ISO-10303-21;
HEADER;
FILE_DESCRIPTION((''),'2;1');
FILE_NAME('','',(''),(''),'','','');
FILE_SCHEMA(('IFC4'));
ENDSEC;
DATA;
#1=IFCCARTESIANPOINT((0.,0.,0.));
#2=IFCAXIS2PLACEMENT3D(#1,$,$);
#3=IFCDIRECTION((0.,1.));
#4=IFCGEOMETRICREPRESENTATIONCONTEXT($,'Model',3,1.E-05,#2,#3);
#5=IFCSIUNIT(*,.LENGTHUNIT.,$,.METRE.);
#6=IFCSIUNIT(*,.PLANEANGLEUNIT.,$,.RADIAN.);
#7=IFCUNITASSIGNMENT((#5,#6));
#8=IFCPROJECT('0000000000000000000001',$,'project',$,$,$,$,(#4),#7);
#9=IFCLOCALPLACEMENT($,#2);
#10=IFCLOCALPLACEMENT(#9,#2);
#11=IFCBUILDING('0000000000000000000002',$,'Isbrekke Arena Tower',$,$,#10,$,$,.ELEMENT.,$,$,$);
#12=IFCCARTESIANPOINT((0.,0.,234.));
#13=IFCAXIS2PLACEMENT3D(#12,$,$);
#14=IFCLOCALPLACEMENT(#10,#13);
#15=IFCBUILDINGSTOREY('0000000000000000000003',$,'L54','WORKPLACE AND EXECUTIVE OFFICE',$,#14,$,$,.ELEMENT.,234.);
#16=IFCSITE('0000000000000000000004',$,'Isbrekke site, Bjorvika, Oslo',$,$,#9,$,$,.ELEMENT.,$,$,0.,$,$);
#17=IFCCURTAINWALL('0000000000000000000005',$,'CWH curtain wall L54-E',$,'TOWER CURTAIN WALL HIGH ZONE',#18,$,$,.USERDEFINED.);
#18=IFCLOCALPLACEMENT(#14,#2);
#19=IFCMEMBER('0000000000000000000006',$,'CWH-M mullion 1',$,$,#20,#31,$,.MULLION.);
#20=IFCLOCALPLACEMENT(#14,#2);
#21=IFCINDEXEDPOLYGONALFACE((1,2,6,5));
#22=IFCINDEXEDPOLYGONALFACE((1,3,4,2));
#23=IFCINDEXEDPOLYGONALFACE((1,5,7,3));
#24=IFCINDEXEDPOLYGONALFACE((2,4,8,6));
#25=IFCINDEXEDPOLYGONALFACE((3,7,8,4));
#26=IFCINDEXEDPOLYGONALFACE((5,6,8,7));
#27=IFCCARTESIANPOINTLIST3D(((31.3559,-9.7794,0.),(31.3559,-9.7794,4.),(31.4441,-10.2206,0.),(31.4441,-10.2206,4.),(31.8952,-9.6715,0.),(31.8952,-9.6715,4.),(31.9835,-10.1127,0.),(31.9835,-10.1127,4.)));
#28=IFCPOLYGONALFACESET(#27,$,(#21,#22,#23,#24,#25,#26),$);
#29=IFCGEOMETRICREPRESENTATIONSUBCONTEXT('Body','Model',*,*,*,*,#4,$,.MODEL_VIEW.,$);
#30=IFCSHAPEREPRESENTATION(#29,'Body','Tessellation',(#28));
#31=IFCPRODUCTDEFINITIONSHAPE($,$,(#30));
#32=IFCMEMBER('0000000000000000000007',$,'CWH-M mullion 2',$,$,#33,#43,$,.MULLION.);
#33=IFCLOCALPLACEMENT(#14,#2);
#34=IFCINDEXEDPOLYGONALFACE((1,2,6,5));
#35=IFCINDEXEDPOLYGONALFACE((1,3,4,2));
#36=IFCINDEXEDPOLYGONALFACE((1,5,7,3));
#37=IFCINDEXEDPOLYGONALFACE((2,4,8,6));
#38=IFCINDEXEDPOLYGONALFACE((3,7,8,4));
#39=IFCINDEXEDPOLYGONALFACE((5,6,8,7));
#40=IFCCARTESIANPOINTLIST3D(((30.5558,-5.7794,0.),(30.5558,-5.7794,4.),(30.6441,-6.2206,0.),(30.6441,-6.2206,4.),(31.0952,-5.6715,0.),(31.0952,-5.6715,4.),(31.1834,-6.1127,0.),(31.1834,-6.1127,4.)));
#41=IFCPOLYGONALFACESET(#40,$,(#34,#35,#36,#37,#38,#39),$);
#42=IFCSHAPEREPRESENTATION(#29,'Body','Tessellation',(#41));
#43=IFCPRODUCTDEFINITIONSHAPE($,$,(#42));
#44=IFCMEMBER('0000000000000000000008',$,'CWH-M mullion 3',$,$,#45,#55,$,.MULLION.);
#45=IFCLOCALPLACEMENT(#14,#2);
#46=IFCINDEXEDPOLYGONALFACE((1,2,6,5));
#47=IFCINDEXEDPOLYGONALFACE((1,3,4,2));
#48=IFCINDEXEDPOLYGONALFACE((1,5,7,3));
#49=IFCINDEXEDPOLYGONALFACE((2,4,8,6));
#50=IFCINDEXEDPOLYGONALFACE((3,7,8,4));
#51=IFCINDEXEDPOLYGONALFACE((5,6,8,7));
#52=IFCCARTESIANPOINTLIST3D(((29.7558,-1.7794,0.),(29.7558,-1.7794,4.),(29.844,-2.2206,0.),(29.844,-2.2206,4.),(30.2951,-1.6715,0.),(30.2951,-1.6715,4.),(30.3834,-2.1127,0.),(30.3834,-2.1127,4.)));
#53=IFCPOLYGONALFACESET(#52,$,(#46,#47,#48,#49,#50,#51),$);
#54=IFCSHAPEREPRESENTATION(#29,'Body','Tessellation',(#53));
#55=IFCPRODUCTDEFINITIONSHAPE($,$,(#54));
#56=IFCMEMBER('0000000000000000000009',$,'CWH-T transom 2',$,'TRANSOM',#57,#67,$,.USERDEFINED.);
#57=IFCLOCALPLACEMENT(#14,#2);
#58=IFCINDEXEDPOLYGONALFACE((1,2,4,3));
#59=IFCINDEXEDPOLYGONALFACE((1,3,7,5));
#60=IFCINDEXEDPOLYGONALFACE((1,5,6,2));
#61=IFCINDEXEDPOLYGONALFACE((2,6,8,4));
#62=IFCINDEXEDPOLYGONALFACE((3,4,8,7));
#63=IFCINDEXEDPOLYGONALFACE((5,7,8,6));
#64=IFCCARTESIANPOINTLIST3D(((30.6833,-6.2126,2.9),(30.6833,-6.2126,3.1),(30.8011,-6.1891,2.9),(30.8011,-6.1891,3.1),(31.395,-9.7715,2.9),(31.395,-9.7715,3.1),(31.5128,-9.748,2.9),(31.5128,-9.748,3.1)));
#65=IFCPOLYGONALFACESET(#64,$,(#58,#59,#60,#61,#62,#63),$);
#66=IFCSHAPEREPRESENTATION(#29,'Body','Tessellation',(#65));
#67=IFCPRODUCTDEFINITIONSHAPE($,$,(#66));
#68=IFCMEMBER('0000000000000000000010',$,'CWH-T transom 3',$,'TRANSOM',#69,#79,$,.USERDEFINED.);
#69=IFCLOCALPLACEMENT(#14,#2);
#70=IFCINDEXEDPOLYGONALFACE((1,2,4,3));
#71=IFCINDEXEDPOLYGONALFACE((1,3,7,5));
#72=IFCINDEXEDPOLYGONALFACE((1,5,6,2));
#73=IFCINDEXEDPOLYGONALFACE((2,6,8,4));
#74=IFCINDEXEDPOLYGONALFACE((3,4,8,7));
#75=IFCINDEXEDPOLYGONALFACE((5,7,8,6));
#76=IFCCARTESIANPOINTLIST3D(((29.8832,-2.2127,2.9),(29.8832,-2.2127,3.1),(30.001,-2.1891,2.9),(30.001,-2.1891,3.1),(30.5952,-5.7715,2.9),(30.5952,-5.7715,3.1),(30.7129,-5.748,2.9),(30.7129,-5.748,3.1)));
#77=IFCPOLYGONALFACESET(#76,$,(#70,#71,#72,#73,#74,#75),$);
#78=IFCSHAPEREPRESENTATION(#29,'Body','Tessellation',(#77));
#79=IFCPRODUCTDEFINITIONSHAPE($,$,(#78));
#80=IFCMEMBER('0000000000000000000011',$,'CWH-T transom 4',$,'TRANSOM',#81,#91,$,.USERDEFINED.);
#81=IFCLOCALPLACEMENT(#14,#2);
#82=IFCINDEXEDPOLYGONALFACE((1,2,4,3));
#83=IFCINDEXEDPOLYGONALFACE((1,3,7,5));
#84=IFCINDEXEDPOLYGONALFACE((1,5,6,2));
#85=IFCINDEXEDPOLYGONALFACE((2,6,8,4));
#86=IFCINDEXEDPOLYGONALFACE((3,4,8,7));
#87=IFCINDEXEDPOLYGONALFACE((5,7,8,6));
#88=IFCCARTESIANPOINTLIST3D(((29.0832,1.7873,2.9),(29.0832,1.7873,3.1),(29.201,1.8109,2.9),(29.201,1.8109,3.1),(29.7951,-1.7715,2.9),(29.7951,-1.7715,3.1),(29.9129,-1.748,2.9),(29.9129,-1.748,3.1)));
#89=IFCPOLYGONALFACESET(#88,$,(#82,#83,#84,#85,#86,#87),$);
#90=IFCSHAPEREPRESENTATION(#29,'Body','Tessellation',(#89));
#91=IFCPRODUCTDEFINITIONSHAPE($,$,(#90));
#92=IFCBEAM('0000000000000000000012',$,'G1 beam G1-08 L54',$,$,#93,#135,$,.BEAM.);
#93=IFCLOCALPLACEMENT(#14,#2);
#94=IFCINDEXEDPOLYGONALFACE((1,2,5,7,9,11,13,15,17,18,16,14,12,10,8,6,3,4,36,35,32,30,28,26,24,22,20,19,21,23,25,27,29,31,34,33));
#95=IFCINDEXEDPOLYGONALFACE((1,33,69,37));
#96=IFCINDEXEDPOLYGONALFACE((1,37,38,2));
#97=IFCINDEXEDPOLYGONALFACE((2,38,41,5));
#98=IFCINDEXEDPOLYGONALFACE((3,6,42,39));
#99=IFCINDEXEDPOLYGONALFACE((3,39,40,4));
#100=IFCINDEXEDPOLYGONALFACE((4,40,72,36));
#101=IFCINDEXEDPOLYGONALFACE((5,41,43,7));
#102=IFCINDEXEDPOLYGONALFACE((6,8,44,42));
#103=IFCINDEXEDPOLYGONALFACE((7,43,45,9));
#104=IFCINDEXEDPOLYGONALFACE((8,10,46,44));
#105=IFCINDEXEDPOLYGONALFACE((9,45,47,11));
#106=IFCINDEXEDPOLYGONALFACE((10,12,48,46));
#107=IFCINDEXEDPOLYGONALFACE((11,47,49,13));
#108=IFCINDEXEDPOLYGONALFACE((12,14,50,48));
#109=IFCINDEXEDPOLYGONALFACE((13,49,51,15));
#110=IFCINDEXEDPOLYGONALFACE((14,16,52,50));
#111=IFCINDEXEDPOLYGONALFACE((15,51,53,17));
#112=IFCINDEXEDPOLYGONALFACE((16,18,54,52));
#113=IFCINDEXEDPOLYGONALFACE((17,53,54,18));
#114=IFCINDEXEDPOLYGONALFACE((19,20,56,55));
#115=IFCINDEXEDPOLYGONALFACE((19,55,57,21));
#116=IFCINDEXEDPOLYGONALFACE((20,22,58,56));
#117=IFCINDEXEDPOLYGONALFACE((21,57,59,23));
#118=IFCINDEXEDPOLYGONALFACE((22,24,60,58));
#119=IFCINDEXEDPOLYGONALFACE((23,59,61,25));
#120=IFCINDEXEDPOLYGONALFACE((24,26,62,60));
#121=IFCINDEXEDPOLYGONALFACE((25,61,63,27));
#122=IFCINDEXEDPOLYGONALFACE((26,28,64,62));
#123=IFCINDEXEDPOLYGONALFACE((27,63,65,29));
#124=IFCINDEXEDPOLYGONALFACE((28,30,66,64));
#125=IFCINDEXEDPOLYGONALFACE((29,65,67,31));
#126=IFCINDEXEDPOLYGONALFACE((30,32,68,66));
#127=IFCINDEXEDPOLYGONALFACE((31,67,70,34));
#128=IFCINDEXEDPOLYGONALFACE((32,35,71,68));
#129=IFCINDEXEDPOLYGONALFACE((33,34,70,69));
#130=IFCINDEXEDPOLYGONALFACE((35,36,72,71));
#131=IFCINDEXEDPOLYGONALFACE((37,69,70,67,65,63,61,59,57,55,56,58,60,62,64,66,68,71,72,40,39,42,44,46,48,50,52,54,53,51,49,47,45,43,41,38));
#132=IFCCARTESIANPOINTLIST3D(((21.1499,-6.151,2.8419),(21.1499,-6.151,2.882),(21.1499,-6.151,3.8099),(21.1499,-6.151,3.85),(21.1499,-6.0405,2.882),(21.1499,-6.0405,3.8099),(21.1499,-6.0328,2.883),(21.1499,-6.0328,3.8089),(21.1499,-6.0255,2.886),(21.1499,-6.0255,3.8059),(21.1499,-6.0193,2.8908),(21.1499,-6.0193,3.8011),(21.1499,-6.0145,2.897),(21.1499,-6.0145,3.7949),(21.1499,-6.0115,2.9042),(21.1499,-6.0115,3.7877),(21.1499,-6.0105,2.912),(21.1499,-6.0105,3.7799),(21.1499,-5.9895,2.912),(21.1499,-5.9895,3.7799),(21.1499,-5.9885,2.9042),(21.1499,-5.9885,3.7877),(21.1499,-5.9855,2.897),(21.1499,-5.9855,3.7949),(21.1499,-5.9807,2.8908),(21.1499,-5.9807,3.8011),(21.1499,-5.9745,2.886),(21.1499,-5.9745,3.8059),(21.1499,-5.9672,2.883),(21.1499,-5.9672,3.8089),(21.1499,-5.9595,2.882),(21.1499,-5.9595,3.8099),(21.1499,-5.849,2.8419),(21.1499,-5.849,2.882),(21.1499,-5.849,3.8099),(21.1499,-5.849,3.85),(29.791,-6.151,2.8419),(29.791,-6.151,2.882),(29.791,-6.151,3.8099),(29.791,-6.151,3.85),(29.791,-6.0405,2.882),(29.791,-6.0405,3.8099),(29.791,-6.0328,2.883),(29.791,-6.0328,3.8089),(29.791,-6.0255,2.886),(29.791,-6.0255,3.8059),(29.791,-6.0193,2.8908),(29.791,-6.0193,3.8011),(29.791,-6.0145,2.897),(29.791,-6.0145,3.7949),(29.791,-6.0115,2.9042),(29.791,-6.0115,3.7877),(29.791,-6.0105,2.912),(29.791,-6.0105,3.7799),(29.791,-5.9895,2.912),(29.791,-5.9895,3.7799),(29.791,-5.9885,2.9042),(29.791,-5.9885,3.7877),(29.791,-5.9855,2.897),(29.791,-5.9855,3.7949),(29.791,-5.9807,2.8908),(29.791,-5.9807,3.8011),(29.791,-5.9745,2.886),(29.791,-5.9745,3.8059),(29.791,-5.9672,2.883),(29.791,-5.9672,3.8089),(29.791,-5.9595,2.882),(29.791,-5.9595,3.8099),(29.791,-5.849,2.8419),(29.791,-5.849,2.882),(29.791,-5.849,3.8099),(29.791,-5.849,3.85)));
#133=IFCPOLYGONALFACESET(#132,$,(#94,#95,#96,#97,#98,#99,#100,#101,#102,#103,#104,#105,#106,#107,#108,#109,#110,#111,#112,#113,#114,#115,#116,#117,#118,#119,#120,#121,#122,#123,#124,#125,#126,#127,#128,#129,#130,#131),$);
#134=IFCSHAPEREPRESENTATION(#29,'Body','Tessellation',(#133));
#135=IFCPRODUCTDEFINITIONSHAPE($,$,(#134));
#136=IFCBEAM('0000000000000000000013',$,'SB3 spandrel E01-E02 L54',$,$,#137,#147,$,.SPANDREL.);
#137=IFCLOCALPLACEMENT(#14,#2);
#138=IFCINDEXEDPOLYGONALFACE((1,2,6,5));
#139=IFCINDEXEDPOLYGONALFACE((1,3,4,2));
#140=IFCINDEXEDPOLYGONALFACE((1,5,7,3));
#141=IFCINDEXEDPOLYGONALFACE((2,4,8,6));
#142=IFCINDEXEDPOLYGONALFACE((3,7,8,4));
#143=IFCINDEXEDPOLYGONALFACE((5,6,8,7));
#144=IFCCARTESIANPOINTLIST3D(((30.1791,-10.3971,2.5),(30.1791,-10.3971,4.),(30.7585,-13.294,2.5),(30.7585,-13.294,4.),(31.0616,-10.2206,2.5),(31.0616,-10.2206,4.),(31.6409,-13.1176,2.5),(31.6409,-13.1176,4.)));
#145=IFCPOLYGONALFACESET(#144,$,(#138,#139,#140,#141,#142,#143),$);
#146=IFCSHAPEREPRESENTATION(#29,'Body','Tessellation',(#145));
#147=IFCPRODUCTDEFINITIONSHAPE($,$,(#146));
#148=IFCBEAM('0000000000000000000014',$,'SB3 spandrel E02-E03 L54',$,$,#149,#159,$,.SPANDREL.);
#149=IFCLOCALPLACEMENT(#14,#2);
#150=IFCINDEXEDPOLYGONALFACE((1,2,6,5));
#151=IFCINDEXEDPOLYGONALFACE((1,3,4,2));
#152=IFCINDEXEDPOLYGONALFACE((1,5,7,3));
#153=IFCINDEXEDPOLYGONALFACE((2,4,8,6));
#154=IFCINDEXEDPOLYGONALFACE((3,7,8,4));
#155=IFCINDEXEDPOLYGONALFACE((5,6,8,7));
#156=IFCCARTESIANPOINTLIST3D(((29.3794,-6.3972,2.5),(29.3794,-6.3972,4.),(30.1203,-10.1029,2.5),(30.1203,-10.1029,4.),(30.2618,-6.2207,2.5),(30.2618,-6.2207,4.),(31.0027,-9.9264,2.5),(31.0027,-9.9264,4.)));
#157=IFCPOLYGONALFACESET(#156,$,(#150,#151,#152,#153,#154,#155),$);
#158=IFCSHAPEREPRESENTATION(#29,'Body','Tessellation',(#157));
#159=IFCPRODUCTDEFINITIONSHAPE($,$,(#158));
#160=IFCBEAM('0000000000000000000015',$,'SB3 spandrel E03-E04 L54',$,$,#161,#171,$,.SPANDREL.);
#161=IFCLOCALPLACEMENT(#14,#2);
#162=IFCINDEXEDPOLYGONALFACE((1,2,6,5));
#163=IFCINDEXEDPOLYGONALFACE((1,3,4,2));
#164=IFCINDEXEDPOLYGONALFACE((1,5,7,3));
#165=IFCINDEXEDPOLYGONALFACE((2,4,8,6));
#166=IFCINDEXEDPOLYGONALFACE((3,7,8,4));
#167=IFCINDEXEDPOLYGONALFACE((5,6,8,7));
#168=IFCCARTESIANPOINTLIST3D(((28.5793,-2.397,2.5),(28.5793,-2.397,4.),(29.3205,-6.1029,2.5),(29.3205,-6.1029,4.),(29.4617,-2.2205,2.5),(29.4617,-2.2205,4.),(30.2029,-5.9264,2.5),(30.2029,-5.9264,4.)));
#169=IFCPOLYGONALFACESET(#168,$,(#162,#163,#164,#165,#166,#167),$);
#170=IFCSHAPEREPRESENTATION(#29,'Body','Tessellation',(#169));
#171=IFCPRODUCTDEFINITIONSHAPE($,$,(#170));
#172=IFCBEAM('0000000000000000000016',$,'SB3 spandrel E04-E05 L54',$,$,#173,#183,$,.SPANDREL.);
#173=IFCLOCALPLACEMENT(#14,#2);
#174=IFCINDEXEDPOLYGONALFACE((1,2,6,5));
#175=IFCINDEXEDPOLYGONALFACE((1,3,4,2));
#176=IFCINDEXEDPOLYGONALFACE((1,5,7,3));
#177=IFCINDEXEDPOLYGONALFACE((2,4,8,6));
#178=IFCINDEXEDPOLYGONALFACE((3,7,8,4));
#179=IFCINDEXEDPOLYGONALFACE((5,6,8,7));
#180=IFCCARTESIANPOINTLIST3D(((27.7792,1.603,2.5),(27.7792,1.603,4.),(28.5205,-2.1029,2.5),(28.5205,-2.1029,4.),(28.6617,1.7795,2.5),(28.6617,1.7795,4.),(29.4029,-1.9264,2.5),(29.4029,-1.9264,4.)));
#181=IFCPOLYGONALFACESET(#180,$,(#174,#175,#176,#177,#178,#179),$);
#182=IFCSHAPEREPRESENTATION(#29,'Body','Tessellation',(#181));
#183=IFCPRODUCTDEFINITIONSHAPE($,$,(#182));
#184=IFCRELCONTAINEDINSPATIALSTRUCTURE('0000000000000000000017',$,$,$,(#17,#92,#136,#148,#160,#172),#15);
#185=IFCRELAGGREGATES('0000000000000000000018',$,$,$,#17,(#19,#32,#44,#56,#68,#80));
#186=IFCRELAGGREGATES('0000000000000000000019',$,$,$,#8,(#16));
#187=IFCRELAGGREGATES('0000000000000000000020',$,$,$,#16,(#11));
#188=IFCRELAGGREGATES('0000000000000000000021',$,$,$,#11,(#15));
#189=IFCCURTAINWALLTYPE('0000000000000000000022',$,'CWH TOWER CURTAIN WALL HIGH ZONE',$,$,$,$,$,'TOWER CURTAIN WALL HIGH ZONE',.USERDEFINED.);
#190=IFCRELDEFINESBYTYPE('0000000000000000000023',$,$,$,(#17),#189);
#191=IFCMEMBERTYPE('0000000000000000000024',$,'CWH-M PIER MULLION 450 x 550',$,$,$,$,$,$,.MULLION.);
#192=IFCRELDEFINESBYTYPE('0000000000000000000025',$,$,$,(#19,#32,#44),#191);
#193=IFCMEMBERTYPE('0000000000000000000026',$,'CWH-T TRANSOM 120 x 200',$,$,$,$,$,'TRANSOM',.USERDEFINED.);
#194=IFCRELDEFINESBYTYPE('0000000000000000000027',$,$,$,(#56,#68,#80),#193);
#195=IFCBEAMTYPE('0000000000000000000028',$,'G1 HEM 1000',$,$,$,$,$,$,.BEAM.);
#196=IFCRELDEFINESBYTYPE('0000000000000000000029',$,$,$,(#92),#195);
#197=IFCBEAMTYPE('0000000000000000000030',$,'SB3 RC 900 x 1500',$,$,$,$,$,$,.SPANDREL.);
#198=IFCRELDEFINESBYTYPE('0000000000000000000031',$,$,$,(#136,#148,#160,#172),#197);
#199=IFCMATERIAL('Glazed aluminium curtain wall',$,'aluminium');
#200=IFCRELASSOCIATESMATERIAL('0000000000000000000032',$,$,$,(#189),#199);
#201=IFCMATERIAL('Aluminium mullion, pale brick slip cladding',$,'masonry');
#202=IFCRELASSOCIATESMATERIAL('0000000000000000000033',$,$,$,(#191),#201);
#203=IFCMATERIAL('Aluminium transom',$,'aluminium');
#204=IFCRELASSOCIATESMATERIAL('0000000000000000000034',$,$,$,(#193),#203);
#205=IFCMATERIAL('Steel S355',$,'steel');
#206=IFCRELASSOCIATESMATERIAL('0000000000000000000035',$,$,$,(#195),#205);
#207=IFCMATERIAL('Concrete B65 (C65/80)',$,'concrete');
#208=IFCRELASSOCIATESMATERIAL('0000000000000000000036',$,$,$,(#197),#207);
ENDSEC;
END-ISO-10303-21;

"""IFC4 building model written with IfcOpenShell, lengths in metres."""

from ifc_helpers import new_model, si_unit, direction, frame, origin, origin_2d, place, context, subcontext, project, spatial, rectangle, i_section, extrude, material, material_profile, profile_set, type_object, element, aggregate, save


model = new_model("IFC4")

# Units and contexts
model_context = context("Model", 3, precision=1e-05, world=origin(), true_north=direction((0.0, 1.0)))
body_context = subcontext(model_context, "Body", "Model", "MODEL_VIEW")
ifc_project = project(units=[si_unit("LENGTHUNIT", "METRE"), si_unit("PLANEANGLEUNIT", "RADIAN")], contexts=[model_context])

# Site, building, storey
site_placement = place(None, origin())
site = spatial("IfcSite", under=ifc_project, at=site_placement, Name="Isbrekke site, Bjorvika, Oslo", CompositionType="ELEMENT", RefElevation=0.0)
building_placement = place(site_placement, origin())
building = spatial("IfcBuilding", under=site, at=building_placement, Name="Isbrekke Arena Tower", CompositionType="ELEMENT")
storey_placement = place(building_placement, frame((0.0, 0.0, 234.0)))
storey = spatial("IfcBuildingStorey", under=building, at=storey_placement, Name="L54", Description="WORKPLACE AND EXECUTIVE OFFICE", CompositionType="ELEMENT", Elevation=234.0)

# Curtain wall, members
ifc_material_1 = material(Name="Glazed aluminium curtain wall", Category="aluminium")
curtain_wall_type = type_object("IfcCurtainWallType", Name="CWH TOWER CURTAIN WALL HIGH ZONE", ElementType="TOWER CURTAIN WALL HIGH ZONE", PredefinedType="USERDEFINED", material=ifc_material_1)
curtain_wall_placement = place(storey_placement, origin())
curtain_wall = element("IfcCurtainWall", 1, at=curtain_wall_placement, inside=storey, type_object=curtain_wall_type, Name="CWH curtain wall L54-E", ObjectType="TOWER CURTAIN WALL HIGH ZONE", PredefinedType="USERDEFINED")
ifc_material_2 = material(Name="Aluminium mullion, pale brick slip cladding", Category="masonry")
ifc_material_profile_1 = material_profile(ifc_material_2, rectangle(XDim=0.45, YDim=0.55, at=origin_2d()), Name="PIER 450X550")
ifc_profile_set_1 = profile_set([ifc_material_profile_1], Name="Aluminium mullion, pale brick slip cladding")
member_type_1 = type_object("IfcMemberType", Name="CWH-M PIER MULLION 450 x 550", PredefinedType="MULLION", material=ifc_profile_set_1)
member_1_placement = place(storey_placement, frame((31.6697, -9.946, 0.0), z_axis=(0.0, 0.0, 1.0), x_axis=(-0.196116, 0.980581, 0.0)))
member_1 = element("IfcMember", 2, at=member_1_placement, type_object=member_type_1, Name="CWH-M mullion 1", PredefinedType="MULLION", context=body_context, shape_type="SweptSolid", body=[
    extrude(rectangle(XDim=0.45, YDim=0.55, at=origin_2d()), origin(), (0.0, 0.0, 1.0), 4.0),
])
member_2_placement = place(storey_placement, frame((30.8696, -5.946, 0.0), z_axis=(0.0, 0.0, 1.0), x_axis=(-0.196116, 0.980581, 0.0)))
member_2 = element("IfcMember", 3, at=member_2_placement, type_object=member_type_1, Name="CWH-M mullion 2", PredefinedType="MULLION", context=body_context, shape_type="SweptSolid", body=[
    extrude(rectangle(XDim=0.45, YDim=0.55, at=origin_2d()), origin(), (0.0, 0.0, 1.0), 4.0),
])
member_3_placement = place(storey_placement, frame((30.0696, -1.946, 0.0), z_axis=(0.0, 0.0, 1.0), x_axis=(-0.196116, 0.980581, 0.0)))
member_3 = element("IfcMember", 4, at=member_3_placement, type_object=member_type_1, Name="CWH-M mullion 3", PredefinedType="MULLION", context=body_context, shape_type="SweptSolid", body=[
    extrude(rectangle(XDim=0.45, YDim=0.55, at=origin_2d()), origin(), (0.0, 0.0, 1.0), 4.0),
])
ifc_material_3 = material(Name="Aluminium transom", Category="aluminium")
ifc_material_profile_2 = material_profile(ifc_material_3, rectangle(XDim=0.1201, YDim=0.2, at=origin_2d()), Name="TRANSOM 120X200")
ifc_profile_set_2 = profile_set([ifc_material_profile_2], Name="Aluminium transom")
member_type_2 = type_object("IfcMemberType", Name="CWH-T TRANSOM 120 x 200", ElementType="TRANSOM", PredefinedType="USERDEFINED", material=ifc_profile_set_2)
member_4_placement = place(storey_placement, frame((31.4539, -9.7598, 3.0), z_axis=(-0.19609, 0.980586, 0.0), x_axis=(-0.980586, -0.19609, 0.0)))
member_4 = element("IfcMember", 5, at=member_4_placement, type_object=member_type_2, Name="CWH-T transom 2", ObjectType="TRANSOM", PredefinedType="USERDEFINED", context=body_context, shape_type="SweptSolid", body=[
    extrude(rectangle(XDim=0.1201, YDim=0.2, at=origin_2d()), origin(), (0.0, 0.0, 1.0), 3.6294),
])
member_5_placement = place(storey_placement, frame((30.6541, -5.7598, 3.0), z_axis=(-0.196155, 0.980573, 0.0), x_axis=(-0.980573, -0.196155, 0.0)))
member_5 = element("IfcMember", 6, at=member_5_placement, type_object=member_type_2, Name="CWH-T transom 3", ObjectType="TRANSOM", PredefinedType="USERDEFINED", context=body_context, shape_type="SweptSolid", body=[
    extrude(rectangle(XDim=0.1201, YDim=0.2, at=origin_2d()), origin(), (0.0, 0.0, 1.0), 3.6294),
])
member_6_placement = place(storey_placement, frame((29.854, -1.7598, 3.0), z_axis=(-0.196155, 0.980573, 0.0), x_axis=(-0.980573, -0.196155, 0.0)))
member_6 = element("IfcMember", 7, at=member_6_placement, type_object=member_type_2, Name="CWH-T transom 4", ObjectType="TRANSOM", PredefinedType="USERDEFINED", context=body_context, shape_type="SweptSolid", body=[
    extrude(rectangle(XDim=0.1201, YDim=0.2, at=origin_2d()), origin(), (0.0, 0.0, 1.0), 3.6294),
])

# Beams
ifc_material_4 = material(Name="Steel S355", Category="steel")
ifc_material_profile_3 = material_profile(ifc_material_4, i_section(OverallWidth=0.302, OverallDepth=1.0081, WebThickness=0.021, FlangeThickness=0.04, FilletRadius=0.03, at=origin_2d()), Name="HEM 1000")
ifc_profile_set_3 = profile_set([ifc_material_profile_3], Name="Steel S355")
beam_type_1 = type_object("IfcBeamType", Name="G1 HEM 1000", PredefinedType="BEAM", material=ifc_profile_set_3)
beam_1_placement = place(storey_placement, frame((21.1499, -6.0, 3.3459), z_axis=(1.0, 0.0, 0.0), x_axis=(0.0, 1.0, 0.0)))
element("IfcBeam", 8, at=beam_1_placement, inside=storey, type_object=beam_type_1, Name="G1 beam G1-08 L54", PredefinedType="BEAM", context=body_context, shape_type="SweptSolid", body=[
    extrude(i_section(OverallWidth=0.302, OverallDepth=1.0081, WebThickness=0.021, FlangeThickness=0.04, FilletRadius=0.03, at=origin_2d()), origin(), (0.0, 0.0, 1.0), 8.6411),
])
ifc_material_5 = material(Name="Concrete B65 (C65/80)", Category="concrete")
ifc_material_profile_4 = material_profile(ifc_material_5, rectangle(XDim=0.8999, YDim=1.5, at=origin_2d()), Name="RC 900x1500")
ifc_profile_set_4 = profile_set([ifc_material_profile_4], Name="Concrete B65 (C65/80)")
beam_type_2 = type_object("IfcBeamType", Name="SB3 RC 900 x 1500", PredefinedType="SPANDREL", material=ifc_profile_set_4)
beam_2_placement = place(storey_placement, frame((31.1997, -13.2058, 3.25), z_axis=(-0.1961, 0.980584, 0.0), x_axis=(-0.980584, -0.1961, 0.0)))
element("IfcBeam", 9, at=beam_2_placement, inside=storey, type_object=beam_type_2, Name="SB3 spandrel E01-E02 L54", PredefinedType="SPANDREL", context=body_context, shape_type="SweptSolid", body=[
    extrude(rectangle(XDim=0.8999, YDim=1.5, at=origin_2d()), origin(), (0.0, 0.0, 1.0), 2.9543),
])
beam_3_placement = place(storey_placement, frame((30.5615, -10.0146, 3.25), z_axis=(-0.196066, 0.980591, 0.0), x_axis=(-0.980591, -0.196066, 0.0)))
element("IfcBeam", 10, at=beam_3_placement, inside=storey, type_object=beam_type_2, Name="SB3 spandrel E02-E03 L54", PredefinedType="SPANDREL", context=body_context, shape_type="SweptSolid", body=[
    extrude(rectangle(XDim=0.8999, YDim=1.5, at=origin_2d()), origin(), (0.0, 0.0, 1.0), 3.7791),
])
for number, where, z_axis, x_axis, name in (
    (11, (29.7617, -6.0146, 3.25), (-0.196129, 0.980578, 0.0), (-0.980578, -0.196129, 0.0), "SB3 spandrel E03-E04 L54"),
    (12, (28.9617, -2.0146, 3.25), (-0.196129, 0.980578, 0.0), (-0.980578, -0.196129, 0.0), "SB3 spandrel E04-E05 L54"),
):
    element("IfcBeam", number, at=place(storey_placement, frame(where, z_axis=z_axis, x_axis=x_axis)), inside=storey, type_object=beam_type_2, Name=name, PredefinedType="SPANDREL", context=body_context, shape_type="SweptSolid", body=[
        extrude(rectangle(XDim=0.8999, YDim=1.5, at=origin_2d()), origin(), (0.0, 0.0, 1.0), 3.7793),
    ])

aggregate(curtain_wall, [member_1, member_2, member_3, member_4, member_5, member_6])

save(model, "model.ifc")
